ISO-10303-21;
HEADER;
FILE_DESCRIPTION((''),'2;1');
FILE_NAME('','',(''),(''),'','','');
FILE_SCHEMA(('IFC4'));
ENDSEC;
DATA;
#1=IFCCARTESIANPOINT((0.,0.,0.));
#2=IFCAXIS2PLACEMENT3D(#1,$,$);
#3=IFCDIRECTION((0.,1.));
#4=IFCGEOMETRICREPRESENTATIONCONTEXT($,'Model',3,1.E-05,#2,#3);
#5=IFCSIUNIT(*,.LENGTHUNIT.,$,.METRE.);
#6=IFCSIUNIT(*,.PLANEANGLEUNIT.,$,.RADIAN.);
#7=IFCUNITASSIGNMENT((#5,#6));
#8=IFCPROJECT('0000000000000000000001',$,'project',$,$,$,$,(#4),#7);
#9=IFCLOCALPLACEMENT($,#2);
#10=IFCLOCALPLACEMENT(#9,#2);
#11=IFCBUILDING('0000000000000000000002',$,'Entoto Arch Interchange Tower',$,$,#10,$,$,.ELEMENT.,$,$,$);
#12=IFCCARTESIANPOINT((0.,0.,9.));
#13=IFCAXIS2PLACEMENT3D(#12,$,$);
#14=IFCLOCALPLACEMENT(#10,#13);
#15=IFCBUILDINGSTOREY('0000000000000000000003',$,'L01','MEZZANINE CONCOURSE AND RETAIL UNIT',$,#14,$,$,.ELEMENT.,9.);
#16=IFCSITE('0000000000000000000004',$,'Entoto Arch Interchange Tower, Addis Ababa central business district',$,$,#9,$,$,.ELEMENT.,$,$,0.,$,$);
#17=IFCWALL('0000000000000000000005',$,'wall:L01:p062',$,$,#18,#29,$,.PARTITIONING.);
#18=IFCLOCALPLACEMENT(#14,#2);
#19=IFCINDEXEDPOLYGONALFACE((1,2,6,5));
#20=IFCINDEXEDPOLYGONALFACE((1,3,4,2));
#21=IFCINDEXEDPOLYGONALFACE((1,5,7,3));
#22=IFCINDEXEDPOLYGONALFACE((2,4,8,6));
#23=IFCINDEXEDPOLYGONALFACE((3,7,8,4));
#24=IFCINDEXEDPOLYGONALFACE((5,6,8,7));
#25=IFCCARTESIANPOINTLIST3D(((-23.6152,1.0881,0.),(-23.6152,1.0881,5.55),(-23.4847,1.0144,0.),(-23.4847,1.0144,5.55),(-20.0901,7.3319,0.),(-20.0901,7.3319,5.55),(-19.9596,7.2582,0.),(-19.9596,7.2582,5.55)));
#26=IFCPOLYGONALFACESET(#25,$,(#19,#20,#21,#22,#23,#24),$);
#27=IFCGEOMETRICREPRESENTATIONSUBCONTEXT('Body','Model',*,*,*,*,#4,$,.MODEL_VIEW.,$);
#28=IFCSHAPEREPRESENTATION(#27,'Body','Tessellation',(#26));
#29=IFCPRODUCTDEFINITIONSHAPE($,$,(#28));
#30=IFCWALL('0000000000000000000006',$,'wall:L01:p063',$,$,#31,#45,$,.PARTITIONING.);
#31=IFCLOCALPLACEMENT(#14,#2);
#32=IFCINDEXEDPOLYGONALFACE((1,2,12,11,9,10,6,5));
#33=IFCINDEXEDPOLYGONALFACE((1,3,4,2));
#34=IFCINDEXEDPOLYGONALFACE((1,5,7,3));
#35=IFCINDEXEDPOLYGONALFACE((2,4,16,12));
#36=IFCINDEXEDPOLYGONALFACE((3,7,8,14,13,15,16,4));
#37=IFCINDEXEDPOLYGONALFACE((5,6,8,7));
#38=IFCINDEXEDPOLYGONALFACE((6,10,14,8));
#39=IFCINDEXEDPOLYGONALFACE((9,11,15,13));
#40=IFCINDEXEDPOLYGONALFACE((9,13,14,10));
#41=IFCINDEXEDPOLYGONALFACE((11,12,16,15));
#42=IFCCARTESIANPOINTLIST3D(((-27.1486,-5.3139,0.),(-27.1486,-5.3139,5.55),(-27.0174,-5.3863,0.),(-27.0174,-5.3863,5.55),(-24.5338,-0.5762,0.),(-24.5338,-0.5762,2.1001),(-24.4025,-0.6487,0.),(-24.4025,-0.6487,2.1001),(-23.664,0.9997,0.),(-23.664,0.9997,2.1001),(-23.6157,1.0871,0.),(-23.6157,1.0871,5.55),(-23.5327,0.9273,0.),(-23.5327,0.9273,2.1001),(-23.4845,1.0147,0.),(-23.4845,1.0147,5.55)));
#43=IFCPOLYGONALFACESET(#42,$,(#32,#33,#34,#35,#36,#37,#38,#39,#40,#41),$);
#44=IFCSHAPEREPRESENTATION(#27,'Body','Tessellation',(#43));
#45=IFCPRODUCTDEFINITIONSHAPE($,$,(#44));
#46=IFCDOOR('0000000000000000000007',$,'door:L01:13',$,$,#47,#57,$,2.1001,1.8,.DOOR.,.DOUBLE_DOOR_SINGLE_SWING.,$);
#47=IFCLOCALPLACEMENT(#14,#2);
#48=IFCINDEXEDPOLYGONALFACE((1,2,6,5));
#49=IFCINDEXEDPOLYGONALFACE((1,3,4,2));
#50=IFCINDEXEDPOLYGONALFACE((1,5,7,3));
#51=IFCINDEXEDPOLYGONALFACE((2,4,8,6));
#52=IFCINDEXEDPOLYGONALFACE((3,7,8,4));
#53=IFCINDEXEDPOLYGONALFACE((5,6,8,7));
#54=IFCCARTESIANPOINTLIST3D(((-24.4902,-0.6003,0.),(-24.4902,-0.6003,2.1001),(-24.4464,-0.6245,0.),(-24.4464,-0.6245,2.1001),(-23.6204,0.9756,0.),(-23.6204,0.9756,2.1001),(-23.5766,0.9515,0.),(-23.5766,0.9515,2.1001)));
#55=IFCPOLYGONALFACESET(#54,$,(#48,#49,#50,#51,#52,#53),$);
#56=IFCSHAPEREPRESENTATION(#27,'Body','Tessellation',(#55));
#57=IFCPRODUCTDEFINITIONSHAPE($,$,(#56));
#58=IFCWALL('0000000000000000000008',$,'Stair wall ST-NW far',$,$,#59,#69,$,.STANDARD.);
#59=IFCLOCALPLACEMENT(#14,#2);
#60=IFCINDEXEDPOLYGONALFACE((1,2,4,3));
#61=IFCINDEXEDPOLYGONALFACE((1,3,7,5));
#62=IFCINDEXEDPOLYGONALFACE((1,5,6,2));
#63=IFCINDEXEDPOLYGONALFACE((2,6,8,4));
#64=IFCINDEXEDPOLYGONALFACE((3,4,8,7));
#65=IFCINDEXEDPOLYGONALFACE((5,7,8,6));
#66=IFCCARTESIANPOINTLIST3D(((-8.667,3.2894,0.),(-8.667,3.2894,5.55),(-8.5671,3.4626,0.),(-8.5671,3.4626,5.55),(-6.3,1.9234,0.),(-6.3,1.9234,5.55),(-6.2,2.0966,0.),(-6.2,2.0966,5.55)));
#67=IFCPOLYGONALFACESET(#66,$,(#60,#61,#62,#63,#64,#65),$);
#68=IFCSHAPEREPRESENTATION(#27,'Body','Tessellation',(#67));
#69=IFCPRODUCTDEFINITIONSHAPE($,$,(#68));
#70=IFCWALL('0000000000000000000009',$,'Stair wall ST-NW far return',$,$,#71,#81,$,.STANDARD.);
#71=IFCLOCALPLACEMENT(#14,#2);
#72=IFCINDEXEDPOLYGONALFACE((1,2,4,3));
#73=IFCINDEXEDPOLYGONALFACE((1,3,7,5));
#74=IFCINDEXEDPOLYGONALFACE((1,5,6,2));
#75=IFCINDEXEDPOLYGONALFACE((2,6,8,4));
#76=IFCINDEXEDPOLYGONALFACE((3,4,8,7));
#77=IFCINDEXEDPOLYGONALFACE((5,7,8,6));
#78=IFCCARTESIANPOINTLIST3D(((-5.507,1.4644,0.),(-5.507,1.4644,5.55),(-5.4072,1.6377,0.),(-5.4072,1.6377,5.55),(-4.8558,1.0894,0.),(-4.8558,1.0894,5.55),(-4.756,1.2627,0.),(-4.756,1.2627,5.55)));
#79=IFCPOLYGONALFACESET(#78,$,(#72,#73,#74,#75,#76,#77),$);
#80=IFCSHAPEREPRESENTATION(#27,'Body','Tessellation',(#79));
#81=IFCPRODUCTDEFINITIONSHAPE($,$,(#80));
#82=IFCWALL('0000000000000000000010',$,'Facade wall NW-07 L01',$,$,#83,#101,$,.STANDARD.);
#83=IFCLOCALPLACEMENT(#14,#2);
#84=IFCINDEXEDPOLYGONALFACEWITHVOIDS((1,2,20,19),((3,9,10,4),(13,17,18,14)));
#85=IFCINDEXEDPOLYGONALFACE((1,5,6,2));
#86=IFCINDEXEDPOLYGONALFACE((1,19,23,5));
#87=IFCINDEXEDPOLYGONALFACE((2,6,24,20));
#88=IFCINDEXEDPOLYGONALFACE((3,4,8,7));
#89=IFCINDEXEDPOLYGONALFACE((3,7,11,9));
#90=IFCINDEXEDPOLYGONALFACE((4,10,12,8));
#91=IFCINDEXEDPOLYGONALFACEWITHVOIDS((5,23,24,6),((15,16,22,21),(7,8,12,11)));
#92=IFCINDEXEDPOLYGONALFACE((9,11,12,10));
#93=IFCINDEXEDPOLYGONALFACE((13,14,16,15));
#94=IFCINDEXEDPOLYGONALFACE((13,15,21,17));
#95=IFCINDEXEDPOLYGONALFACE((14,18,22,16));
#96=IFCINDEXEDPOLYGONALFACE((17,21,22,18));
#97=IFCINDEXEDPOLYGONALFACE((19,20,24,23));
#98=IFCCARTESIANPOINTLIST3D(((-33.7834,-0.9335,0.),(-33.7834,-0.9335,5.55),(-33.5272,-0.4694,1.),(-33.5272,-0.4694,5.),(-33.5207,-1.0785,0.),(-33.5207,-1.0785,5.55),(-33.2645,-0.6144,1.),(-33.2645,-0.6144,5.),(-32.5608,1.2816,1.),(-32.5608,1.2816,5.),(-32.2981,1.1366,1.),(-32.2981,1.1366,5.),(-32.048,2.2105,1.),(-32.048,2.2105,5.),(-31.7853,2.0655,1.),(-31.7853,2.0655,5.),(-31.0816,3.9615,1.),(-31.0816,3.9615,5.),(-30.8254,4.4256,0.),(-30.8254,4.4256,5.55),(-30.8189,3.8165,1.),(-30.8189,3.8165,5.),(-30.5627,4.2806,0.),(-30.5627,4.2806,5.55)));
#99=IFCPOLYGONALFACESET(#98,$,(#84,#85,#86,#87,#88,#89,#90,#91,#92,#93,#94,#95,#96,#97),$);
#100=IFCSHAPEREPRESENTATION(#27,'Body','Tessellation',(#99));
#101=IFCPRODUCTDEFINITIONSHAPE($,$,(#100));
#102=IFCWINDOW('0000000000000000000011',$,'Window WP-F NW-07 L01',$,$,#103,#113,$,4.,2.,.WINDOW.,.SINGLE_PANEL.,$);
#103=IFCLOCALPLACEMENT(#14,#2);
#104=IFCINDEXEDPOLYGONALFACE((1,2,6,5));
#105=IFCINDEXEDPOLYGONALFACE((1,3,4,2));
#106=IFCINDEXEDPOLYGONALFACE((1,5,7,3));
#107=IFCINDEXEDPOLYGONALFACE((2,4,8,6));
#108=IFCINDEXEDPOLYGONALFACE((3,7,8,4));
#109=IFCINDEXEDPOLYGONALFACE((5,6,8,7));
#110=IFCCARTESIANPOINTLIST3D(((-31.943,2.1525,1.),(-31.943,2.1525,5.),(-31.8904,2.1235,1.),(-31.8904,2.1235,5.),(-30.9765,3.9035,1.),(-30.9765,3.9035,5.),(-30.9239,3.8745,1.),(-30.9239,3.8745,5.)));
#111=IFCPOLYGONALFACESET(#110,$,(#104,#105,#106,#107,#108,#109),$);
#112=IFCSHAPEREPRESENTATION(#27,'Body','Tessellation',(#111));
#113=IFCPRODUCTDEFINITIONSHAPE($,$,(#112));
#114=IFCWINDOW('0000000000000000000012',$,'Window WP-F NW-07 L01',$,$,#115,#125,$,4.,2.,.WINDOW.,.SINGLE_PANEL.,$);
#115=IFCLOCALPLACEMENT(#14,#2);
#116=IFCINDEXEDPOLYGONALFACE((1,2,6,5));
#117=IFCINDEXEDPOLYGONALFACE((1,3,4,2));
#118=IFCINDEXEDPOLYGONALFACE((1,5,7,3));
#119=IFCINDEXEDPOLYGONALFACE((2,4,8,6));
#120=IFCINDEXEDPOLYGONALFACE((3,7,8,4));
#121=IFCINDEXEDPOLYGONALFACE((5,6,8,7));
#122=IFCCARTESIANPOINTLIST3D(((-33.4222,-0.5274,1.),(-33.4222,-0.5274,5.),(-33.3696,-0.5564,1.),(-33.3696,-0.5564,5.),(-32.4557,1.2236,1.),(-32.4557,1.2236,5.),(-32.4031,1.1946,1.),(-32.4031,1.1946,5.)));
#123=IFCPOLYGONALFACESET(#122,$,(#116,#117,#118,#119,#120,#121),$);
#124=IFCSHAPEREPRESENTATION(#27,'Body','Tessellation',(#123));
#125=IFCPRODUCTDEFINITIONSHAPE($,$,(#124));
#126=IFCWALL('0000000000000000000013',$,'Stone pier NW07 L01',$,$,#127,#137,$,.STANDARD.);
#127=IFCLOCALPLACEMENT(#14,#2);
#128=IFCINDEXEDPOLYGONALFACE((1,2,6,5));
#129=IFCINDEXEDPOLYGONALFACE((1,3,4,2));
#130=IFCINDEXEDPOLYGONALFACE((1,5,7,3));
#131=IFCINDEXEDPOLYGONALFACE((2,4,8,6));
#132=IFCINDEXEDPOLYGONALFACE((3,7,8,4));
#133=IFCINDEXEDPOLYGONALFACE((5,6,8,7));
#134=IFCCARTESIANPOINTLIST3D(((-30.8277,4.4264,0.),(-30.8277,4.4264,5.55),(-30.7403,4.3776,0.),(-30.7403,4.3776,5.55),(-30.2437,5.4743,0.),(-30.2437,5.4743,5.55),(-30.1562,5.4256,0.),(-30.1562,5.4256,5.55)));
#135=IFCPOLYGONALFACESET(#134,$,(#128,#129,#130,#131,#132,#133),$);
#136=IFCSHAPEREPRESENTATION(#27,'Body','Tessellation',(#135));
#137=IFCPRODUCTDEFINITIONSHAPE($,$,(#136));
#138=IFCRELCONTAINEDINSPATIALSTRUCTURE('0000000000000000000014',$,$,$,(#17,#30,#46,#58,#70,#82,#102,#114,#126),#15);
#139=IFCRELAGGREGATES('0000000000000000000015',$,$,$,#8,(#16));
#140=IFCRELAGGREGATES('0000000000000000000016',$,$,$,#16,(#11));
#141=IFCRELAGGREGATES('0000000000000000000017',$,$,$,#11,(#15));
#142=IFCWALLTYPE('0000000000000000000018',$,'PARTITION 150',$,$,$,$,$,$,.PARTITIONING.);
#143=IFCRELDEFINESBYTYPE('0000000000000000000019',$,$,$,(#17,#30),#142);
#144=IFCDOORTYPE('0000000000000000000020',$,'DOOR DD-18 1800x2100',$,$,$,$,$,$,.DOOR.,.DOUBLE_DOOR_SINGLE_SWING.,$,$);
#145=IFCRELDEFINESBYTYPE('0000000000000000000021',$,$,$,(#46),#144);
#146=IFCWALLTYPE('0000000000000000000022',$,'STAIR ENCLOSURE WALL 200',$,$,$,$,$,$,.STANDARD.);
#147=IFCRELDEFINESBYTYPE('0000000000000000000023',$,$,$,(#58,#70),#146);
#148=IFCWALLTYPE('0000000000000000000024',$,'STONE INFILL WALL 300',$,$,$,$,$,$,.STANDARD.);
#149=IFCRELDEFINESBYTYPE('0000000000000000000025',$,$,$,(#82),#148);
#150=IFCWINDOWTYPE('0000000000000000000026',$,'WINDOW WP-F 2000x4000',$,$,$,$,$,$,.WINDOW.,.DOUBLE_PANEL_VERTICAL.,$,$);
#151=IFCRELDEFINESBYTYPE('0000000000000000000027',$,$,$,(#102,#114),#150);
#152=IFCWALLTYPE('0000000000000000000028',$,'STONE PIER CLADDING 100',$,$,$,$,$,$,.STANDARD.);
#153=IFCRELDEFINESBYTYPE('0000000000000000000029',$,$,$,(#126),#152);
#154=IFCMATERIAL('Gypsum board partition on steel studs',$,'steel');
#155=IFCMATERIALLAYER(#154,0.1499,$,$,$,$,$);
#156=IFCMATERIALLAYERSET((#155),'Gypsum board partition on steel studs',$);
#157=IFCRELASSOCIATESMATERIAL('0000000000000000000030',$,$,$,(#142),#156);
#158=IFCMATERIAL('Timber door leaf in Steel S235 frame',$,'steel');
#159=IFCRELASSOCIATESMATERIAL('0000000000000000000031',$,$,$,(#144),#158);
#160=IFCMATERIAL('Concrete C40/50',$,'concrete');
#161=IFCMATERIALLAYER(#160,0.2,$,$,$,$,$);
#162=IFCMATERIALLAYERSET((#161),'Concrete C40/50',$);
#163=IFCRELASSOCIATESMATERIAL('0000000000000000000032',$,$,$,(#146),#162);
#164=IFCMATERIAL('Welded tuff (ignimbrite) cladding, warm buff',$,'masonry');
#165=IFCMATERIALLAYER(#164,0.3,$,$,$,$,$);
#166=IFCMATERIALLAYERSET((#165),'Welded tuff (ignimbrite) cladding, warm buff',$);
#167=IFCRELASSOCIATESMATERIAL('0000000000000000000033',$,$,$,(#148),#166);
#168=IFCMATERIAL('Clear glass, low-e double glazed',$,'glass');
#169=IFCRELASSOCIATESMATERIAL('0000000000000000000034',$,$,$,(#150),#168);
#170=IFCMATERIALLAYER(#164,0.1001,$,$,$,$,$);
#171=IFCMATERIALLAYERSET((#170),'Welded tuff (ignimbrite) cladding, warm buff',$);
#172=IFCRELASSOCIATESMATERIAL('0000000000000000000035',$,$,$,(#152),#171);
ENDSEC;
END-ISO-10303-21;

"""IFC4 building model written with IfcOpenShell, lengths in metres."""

from ifc_helpers import new_model, si_unit, direction, frame, frame_2d, origin, place, context, subcontext, project, spatial, rectangle, extrude, material, layer, layer_set, type_object, element, fill, save


model = new_model("IFC4")

# Units and contexts
model_context = context("Model", 3, precision=1e-05, world=origin(), true_north=direction((0.0, 1.0)))
body_context = subcontext(model_context, "Body", "Model", "MODEL_VIEW")
ifc_project = project(units=[si_unit("LENGTHUNIT", "METRE"), si_unit("PLANEANGLEUNIT", "RADIAN")], contexts=[model_context])

# Site, building, storey
site_placement = place(None, origin())
site = spatial("IfcSite", under=ifc_project, at=site_placement, Name="Entoto Arch Interchange Tower, Addis Ababa central business district", CompositionType="ELEMENT", RefElevation=0.0)
building_placement = place(site_placement, origin())
building = spatial("IfcBuilding", under=site, at=building_placement, Name="Entoto Arch Interchange Tower", CompositionType="ELEMENT")
storey_placement = place(building_placement, frame((0.0, 0.0, 9.0)))
storey = spatial("IfcBuildingStorey", under=building, at=storey_placement, Name="L01", Description="MEZZANINE CONCOURSE AND RETAIL UNIT", CompositionType="ELEMENT", Elevation=9.0)

# Shared definitions
ifc_material_1 = material(Name="Concrete C40/50", Category="concrete")

# Wall
ifc_material_2 = material(Name="Gypsum board partition on steel studs", Category="steel")
ifc_layer_1 = layer(ifc_material_2, 0.1499)
ifc_layer_set_1 = layer_set([ifc_layer_1], Name="Gypsum board partition on steel studs")
wall_type_1 = type_object("IfcWallType", Name="PARTITION 150", PredefinedType="PARTITIONING", material=ifc_layer_set_1)
wall_1_placement = place(storey_placement, frame((-20.0249, 7.2949, 0.0), z_axis=(0.0, 0.0, 1.0), x_axis=(-0.491633, -0.870802, 0.0)))
element("IfcWall", 1, at=wall_1_placement, inside=storey, type_object=wall_type_1, Name="wall:L01:p062", PredefinedType="PARTITIONING", context=body_context, shape_type="SweptSolid", body=[
    extrude(rectangle(XDim=7.1702, YDim=0.1499, at=frame_2d((3.585, 0.0))), origin(), (0.0, 0.0, 1.0), 5.55),
])

# Wall, opening, door
wall_2_placement = place(storey_placement, frame((-23.55, 1.051, 0.0), z_axis=(0.0, 0.0, 1.0), x_axis=(-0.483214, -0.875502, 0.0)))
wall_2 = element("IfcWall", 2, at=wall_2_placement, inside=storey, type_object=wall_type_1, Name="wall:L01:p063", PredefinedType="PARTITIONING", context=body_context, shape_type="SweptSolid", body=[
    extrude(rectangle(XDim=7.3113, YDim=0.1499, at=frame_2d((3.6558, 0.0))), origin(), (0.0, 0.0, 1.0), 5.55),
])
opening_1_placement = place(wall_2_placement, frame((0.1001, 0.0, 0.0)))
opening_1 = element("IfcOpeningElement", 3, at=opening_1_placement, cuts=wall_2, PredefinedType="OPENING", context=body_context, shape_type="SweptSolid", body=[
    extrude(rectangle(XDim=1.8, YDim=2.1001, at=frame_2d((0.8999, 1.05))), frame((0.0, 0.085, 0.0), z_axis=(0.0, -1.0, 0.0), x_axis=(1.0, 0.0, 0.0)), (0.0, 0.0, 1.0), 0.1699),
])
ifc_material_3 = material(Name="Timber door leaf in Steel S235 frame", Category="steel")
door_type_1 = type_object("IfcDoorType", Name="DOOR DD-18 1800x2100", OperationType="DOUBLE_DOOR_SINGLE_SWING", PredefinedType="DOOR", material=ifc_material_3)
door_1_placement = place(opening_1_placement, origin())
door_1 = element("IfcDoor", 4, at=door_1_placement, inside=storey, type_object=door_type_1, Name="door:L01:13", OperationType="DOUBLE_DOOR_SINGLE_SWING", OverallHeight=2.1001, OverallWidth=1.8, PredefinedType="DOOR", context=body_context, shape_type="SweptSolid", body=[
    extrude(rectangle(XDim=1.8, YDim=2.1001, at=frame_2d((0.8999, 1.05))), frame((0.0, 0.0249, 0.0), z_axis=(0.0, -1.0, 0.0), x_axis=(1.0, 0.0, 0.0)), (0.0, 0.0, 1.0), 0.05),
])
fill(opening_1, door_1)

# Walls
ifc_layer_2 = layer(ifc_material_1, 0.2)
ifc_layer_set_2 = layer_set([ifc_layer_2], Name="Concrete C40/50")
wall_type_2 = type_object("IfcWallType", Name="STAIR ENCLOSURE WALL 200", PredefinedType="STANDARD", material=ifc_layer_set_2)
wall_3_placement = place(storey_placement, frame((-6.25, 2.01, 0.0), z_axis=(0.0, 0.0, 1.0), x_axis=(-0.866119, 0.499838, 0.0)))
element("IfcWall", 5, at=wall_3_placement, inside=storey, type_object=wall_type_2, Name="Stair wall ST-NW far", PredefinedType="STANDARD", context=body_context, shape_type="SweptSolid", body=[
    extrude(rectangle(XDim=2.7329, YDim=0.2, at=frame_2d((1.3665, 0.0))), origin(), (0.0, 0.0, 1.0), 5.55),
])
wall_4_placement = place(storey_placement, frame((-4.8059, 1.176, 0.0), z_axis=(0.0, 0.0, 1.0), x_axis=(-0.866559, 0.499075, 0.0)))
element("IfcWall", 6, at=wall_4_placement, inside=storey, type_object=wall_type_2, Name="Stair wall ST-NW far return", PredefinedType="STANDARD", context=body_context, shape_type="SweptSolid", body=[
    extrude(rectangle(XDim=0.7515, YDim=0.2, at=frame_2d((0.3757, 0.0))), origin(), (0.0, 0.0, 1.0), 5.55),
])

# Wall, openings, windows
ifc_material_4 = material(Name="Welded tuff (ignimbrite) cladding, warm buff", Category="masonry")
ifc_layer_3 = layer(ifc_material_4, 0.3)
ifc_layer_set_3 = layer_set([ifc_layer_3], Name="Welded tuff (ignimbrite) cladding, warm buff")
wall_type_3 = type_object("IfcWallType", Name="STONE INFILL WALL 300", PredefinedType="STANDARD", material=ifc_layer_set_3)
wall_5_placement = place(storey_placement, frame((-30.6941, 4.353, 0.0), z_axis=(0.0, 0.0, 1.0), x_axis=(-0.483233, -0.875492, 0.0)))
wall_5 = element("IfcWall", 7, at=wall_5_placement, inside=storey, type_object=wall_type_3, Name="Facade wall NW-07 L01", PredefinedType="STANDARD", context=body_context, shape_type="SweptSolid", body=[
    extrude(rectangle(XDim=6.1213, YDim=0.3, at=frame_2d((3.0605, 0.0))), origin(), (0.0, 0.0, 1.0), 5.55),
])
opening_2_placement = place(wall_5_placement, frame((0.53, 0.0, 1.0)))
opening_2 = element("IfcOpeningElement", 8, at=opening_2_placement, cuts=wall_5, PredefinedType="OPENING", context=body_context, shape_type="SweptSolid", body=[
    extrude(rectangle(XDim=2.0, YDim=4.0, at=frame_2d((1.0, 2.0))), frame((0.0, 0.1602, 0.0), z_axis=(0.0, -1.0, 0.0), x_axis=(1.0, 0.0, 0.0)), (0.0, 0.0, 1.0), 0.3201),
])
opening_3_placement = place(wall_5_placement, frame((3.5911, 0.0, 1.0)))
opening_3 = element("IfcOpeningElement", 9, at=opening_3_placement, cuts=wall_5, PredefinedType="OPENING", context=body_context, shape_type="SweptSolid", body=[
    extrude(rectangle(XDim=2.0, YDim=4.0, at=frame_2d((1.0, 2.0))), frame((0.0, 0.1602, 0.0), z_axis=(0.0, -1.0, 0.0), x_axis=(1.0, 0.0, 0.0)), (0.0, 0.0, 1.0), 0.3201),
])
ifc_material_5 = material(Name="Clear glass, low-e double glazed", Category="glass")
window_type = type_object("IfcWindowType", Name="WINDOW WP-F 2000x4000", PartitioningType="DOUBLE_PANEL_VERTICAL", PredefinedType="WINDOW", material=ifc_material_5)
window_1_placement = place(opening_2_placement, origin())
window_1 = element("IfcWindow", 10, at=window_1_placement, inside=storey, type_object=window_type, Name="Window WP-F NW-07 L01", OverallHeight=4.0, OverallWidth=2.0, PartitioningType="SINGLE_PANEL", PredefinedType="WINDOW", context=body_context, shape_type="SweptSolid", body=[
    extrude(rectangle(XDim=2.0, YDim=4.0, at=frame_2d((1.0, 2.0))), frame((0.0, 0.03, 0.0), z_axis=(0.0, -1.0, 0.0), x_axis=(1.0, 0.0, 0.0)), (0.0, 0.0, 1.0), 0.0601),
])
fill(opening_2, window_1)
window_2_placement = place(opening_3_placement, origin())
window_2 = element("IfcWindow", 11, at=window_2_placement, inside=storey, type_object=window_type, Name="Window WP-F NW-07 L01", OverallHeight=4.0, OverallWidth=2.0, PartitioningType="SINGLE_PANEL", PredefinedType="WINDOW", context=body_context, shape_type="SweptSolid", body=[
    extrude(rectangle(XDim=2.0, YDim=4.0, at=frame_2d((1.0, 2.0))), frame((0.0, 0.03, 0.0), z_axis=(0.0, -1.0, 0.0), x_axis=(1.0, 0.0, 0.0)), (0.0, 0.0, 1.0), 0.0601),
])
fill(opening_3, window_2)

# Wall
ifc_layer_4 = layer(ifc_material_4, 0.1001)
ifc_layer_set_4 = layer_set([ifc_layer_4], Name="Welded tuff (ignimbrite) cladding, warm buff")
wall_type_4 = type_object("IfcWallType", Name="STONE PIER CLADDING 100", PredefinedType="STANDARD", material=ifc_layer_set_4)
wall_6_placement = place(storey_placement, frame((-30.2, 5.45, 0.0), z_axis=(0.0, 0.0, 1.0), x_axis=(-0.486818, -0.873504, 0.0)))
element("IfcWall", 12, at=wall_6_placement, inside=storey, type_object=wall_type_4, Name="Stone pier NW07 L01", PredefinedType="STANDARD", context=body_context, shape_type="SweptSolid", body=[
    extrude(rectangle(XDim=1.1997, YDim=0.1001, at=frame_2d((0.5999, 0.0))), origin(), (0.0, 0.0, 1.0), 5.55),
])

save(model, "model.ifc")
